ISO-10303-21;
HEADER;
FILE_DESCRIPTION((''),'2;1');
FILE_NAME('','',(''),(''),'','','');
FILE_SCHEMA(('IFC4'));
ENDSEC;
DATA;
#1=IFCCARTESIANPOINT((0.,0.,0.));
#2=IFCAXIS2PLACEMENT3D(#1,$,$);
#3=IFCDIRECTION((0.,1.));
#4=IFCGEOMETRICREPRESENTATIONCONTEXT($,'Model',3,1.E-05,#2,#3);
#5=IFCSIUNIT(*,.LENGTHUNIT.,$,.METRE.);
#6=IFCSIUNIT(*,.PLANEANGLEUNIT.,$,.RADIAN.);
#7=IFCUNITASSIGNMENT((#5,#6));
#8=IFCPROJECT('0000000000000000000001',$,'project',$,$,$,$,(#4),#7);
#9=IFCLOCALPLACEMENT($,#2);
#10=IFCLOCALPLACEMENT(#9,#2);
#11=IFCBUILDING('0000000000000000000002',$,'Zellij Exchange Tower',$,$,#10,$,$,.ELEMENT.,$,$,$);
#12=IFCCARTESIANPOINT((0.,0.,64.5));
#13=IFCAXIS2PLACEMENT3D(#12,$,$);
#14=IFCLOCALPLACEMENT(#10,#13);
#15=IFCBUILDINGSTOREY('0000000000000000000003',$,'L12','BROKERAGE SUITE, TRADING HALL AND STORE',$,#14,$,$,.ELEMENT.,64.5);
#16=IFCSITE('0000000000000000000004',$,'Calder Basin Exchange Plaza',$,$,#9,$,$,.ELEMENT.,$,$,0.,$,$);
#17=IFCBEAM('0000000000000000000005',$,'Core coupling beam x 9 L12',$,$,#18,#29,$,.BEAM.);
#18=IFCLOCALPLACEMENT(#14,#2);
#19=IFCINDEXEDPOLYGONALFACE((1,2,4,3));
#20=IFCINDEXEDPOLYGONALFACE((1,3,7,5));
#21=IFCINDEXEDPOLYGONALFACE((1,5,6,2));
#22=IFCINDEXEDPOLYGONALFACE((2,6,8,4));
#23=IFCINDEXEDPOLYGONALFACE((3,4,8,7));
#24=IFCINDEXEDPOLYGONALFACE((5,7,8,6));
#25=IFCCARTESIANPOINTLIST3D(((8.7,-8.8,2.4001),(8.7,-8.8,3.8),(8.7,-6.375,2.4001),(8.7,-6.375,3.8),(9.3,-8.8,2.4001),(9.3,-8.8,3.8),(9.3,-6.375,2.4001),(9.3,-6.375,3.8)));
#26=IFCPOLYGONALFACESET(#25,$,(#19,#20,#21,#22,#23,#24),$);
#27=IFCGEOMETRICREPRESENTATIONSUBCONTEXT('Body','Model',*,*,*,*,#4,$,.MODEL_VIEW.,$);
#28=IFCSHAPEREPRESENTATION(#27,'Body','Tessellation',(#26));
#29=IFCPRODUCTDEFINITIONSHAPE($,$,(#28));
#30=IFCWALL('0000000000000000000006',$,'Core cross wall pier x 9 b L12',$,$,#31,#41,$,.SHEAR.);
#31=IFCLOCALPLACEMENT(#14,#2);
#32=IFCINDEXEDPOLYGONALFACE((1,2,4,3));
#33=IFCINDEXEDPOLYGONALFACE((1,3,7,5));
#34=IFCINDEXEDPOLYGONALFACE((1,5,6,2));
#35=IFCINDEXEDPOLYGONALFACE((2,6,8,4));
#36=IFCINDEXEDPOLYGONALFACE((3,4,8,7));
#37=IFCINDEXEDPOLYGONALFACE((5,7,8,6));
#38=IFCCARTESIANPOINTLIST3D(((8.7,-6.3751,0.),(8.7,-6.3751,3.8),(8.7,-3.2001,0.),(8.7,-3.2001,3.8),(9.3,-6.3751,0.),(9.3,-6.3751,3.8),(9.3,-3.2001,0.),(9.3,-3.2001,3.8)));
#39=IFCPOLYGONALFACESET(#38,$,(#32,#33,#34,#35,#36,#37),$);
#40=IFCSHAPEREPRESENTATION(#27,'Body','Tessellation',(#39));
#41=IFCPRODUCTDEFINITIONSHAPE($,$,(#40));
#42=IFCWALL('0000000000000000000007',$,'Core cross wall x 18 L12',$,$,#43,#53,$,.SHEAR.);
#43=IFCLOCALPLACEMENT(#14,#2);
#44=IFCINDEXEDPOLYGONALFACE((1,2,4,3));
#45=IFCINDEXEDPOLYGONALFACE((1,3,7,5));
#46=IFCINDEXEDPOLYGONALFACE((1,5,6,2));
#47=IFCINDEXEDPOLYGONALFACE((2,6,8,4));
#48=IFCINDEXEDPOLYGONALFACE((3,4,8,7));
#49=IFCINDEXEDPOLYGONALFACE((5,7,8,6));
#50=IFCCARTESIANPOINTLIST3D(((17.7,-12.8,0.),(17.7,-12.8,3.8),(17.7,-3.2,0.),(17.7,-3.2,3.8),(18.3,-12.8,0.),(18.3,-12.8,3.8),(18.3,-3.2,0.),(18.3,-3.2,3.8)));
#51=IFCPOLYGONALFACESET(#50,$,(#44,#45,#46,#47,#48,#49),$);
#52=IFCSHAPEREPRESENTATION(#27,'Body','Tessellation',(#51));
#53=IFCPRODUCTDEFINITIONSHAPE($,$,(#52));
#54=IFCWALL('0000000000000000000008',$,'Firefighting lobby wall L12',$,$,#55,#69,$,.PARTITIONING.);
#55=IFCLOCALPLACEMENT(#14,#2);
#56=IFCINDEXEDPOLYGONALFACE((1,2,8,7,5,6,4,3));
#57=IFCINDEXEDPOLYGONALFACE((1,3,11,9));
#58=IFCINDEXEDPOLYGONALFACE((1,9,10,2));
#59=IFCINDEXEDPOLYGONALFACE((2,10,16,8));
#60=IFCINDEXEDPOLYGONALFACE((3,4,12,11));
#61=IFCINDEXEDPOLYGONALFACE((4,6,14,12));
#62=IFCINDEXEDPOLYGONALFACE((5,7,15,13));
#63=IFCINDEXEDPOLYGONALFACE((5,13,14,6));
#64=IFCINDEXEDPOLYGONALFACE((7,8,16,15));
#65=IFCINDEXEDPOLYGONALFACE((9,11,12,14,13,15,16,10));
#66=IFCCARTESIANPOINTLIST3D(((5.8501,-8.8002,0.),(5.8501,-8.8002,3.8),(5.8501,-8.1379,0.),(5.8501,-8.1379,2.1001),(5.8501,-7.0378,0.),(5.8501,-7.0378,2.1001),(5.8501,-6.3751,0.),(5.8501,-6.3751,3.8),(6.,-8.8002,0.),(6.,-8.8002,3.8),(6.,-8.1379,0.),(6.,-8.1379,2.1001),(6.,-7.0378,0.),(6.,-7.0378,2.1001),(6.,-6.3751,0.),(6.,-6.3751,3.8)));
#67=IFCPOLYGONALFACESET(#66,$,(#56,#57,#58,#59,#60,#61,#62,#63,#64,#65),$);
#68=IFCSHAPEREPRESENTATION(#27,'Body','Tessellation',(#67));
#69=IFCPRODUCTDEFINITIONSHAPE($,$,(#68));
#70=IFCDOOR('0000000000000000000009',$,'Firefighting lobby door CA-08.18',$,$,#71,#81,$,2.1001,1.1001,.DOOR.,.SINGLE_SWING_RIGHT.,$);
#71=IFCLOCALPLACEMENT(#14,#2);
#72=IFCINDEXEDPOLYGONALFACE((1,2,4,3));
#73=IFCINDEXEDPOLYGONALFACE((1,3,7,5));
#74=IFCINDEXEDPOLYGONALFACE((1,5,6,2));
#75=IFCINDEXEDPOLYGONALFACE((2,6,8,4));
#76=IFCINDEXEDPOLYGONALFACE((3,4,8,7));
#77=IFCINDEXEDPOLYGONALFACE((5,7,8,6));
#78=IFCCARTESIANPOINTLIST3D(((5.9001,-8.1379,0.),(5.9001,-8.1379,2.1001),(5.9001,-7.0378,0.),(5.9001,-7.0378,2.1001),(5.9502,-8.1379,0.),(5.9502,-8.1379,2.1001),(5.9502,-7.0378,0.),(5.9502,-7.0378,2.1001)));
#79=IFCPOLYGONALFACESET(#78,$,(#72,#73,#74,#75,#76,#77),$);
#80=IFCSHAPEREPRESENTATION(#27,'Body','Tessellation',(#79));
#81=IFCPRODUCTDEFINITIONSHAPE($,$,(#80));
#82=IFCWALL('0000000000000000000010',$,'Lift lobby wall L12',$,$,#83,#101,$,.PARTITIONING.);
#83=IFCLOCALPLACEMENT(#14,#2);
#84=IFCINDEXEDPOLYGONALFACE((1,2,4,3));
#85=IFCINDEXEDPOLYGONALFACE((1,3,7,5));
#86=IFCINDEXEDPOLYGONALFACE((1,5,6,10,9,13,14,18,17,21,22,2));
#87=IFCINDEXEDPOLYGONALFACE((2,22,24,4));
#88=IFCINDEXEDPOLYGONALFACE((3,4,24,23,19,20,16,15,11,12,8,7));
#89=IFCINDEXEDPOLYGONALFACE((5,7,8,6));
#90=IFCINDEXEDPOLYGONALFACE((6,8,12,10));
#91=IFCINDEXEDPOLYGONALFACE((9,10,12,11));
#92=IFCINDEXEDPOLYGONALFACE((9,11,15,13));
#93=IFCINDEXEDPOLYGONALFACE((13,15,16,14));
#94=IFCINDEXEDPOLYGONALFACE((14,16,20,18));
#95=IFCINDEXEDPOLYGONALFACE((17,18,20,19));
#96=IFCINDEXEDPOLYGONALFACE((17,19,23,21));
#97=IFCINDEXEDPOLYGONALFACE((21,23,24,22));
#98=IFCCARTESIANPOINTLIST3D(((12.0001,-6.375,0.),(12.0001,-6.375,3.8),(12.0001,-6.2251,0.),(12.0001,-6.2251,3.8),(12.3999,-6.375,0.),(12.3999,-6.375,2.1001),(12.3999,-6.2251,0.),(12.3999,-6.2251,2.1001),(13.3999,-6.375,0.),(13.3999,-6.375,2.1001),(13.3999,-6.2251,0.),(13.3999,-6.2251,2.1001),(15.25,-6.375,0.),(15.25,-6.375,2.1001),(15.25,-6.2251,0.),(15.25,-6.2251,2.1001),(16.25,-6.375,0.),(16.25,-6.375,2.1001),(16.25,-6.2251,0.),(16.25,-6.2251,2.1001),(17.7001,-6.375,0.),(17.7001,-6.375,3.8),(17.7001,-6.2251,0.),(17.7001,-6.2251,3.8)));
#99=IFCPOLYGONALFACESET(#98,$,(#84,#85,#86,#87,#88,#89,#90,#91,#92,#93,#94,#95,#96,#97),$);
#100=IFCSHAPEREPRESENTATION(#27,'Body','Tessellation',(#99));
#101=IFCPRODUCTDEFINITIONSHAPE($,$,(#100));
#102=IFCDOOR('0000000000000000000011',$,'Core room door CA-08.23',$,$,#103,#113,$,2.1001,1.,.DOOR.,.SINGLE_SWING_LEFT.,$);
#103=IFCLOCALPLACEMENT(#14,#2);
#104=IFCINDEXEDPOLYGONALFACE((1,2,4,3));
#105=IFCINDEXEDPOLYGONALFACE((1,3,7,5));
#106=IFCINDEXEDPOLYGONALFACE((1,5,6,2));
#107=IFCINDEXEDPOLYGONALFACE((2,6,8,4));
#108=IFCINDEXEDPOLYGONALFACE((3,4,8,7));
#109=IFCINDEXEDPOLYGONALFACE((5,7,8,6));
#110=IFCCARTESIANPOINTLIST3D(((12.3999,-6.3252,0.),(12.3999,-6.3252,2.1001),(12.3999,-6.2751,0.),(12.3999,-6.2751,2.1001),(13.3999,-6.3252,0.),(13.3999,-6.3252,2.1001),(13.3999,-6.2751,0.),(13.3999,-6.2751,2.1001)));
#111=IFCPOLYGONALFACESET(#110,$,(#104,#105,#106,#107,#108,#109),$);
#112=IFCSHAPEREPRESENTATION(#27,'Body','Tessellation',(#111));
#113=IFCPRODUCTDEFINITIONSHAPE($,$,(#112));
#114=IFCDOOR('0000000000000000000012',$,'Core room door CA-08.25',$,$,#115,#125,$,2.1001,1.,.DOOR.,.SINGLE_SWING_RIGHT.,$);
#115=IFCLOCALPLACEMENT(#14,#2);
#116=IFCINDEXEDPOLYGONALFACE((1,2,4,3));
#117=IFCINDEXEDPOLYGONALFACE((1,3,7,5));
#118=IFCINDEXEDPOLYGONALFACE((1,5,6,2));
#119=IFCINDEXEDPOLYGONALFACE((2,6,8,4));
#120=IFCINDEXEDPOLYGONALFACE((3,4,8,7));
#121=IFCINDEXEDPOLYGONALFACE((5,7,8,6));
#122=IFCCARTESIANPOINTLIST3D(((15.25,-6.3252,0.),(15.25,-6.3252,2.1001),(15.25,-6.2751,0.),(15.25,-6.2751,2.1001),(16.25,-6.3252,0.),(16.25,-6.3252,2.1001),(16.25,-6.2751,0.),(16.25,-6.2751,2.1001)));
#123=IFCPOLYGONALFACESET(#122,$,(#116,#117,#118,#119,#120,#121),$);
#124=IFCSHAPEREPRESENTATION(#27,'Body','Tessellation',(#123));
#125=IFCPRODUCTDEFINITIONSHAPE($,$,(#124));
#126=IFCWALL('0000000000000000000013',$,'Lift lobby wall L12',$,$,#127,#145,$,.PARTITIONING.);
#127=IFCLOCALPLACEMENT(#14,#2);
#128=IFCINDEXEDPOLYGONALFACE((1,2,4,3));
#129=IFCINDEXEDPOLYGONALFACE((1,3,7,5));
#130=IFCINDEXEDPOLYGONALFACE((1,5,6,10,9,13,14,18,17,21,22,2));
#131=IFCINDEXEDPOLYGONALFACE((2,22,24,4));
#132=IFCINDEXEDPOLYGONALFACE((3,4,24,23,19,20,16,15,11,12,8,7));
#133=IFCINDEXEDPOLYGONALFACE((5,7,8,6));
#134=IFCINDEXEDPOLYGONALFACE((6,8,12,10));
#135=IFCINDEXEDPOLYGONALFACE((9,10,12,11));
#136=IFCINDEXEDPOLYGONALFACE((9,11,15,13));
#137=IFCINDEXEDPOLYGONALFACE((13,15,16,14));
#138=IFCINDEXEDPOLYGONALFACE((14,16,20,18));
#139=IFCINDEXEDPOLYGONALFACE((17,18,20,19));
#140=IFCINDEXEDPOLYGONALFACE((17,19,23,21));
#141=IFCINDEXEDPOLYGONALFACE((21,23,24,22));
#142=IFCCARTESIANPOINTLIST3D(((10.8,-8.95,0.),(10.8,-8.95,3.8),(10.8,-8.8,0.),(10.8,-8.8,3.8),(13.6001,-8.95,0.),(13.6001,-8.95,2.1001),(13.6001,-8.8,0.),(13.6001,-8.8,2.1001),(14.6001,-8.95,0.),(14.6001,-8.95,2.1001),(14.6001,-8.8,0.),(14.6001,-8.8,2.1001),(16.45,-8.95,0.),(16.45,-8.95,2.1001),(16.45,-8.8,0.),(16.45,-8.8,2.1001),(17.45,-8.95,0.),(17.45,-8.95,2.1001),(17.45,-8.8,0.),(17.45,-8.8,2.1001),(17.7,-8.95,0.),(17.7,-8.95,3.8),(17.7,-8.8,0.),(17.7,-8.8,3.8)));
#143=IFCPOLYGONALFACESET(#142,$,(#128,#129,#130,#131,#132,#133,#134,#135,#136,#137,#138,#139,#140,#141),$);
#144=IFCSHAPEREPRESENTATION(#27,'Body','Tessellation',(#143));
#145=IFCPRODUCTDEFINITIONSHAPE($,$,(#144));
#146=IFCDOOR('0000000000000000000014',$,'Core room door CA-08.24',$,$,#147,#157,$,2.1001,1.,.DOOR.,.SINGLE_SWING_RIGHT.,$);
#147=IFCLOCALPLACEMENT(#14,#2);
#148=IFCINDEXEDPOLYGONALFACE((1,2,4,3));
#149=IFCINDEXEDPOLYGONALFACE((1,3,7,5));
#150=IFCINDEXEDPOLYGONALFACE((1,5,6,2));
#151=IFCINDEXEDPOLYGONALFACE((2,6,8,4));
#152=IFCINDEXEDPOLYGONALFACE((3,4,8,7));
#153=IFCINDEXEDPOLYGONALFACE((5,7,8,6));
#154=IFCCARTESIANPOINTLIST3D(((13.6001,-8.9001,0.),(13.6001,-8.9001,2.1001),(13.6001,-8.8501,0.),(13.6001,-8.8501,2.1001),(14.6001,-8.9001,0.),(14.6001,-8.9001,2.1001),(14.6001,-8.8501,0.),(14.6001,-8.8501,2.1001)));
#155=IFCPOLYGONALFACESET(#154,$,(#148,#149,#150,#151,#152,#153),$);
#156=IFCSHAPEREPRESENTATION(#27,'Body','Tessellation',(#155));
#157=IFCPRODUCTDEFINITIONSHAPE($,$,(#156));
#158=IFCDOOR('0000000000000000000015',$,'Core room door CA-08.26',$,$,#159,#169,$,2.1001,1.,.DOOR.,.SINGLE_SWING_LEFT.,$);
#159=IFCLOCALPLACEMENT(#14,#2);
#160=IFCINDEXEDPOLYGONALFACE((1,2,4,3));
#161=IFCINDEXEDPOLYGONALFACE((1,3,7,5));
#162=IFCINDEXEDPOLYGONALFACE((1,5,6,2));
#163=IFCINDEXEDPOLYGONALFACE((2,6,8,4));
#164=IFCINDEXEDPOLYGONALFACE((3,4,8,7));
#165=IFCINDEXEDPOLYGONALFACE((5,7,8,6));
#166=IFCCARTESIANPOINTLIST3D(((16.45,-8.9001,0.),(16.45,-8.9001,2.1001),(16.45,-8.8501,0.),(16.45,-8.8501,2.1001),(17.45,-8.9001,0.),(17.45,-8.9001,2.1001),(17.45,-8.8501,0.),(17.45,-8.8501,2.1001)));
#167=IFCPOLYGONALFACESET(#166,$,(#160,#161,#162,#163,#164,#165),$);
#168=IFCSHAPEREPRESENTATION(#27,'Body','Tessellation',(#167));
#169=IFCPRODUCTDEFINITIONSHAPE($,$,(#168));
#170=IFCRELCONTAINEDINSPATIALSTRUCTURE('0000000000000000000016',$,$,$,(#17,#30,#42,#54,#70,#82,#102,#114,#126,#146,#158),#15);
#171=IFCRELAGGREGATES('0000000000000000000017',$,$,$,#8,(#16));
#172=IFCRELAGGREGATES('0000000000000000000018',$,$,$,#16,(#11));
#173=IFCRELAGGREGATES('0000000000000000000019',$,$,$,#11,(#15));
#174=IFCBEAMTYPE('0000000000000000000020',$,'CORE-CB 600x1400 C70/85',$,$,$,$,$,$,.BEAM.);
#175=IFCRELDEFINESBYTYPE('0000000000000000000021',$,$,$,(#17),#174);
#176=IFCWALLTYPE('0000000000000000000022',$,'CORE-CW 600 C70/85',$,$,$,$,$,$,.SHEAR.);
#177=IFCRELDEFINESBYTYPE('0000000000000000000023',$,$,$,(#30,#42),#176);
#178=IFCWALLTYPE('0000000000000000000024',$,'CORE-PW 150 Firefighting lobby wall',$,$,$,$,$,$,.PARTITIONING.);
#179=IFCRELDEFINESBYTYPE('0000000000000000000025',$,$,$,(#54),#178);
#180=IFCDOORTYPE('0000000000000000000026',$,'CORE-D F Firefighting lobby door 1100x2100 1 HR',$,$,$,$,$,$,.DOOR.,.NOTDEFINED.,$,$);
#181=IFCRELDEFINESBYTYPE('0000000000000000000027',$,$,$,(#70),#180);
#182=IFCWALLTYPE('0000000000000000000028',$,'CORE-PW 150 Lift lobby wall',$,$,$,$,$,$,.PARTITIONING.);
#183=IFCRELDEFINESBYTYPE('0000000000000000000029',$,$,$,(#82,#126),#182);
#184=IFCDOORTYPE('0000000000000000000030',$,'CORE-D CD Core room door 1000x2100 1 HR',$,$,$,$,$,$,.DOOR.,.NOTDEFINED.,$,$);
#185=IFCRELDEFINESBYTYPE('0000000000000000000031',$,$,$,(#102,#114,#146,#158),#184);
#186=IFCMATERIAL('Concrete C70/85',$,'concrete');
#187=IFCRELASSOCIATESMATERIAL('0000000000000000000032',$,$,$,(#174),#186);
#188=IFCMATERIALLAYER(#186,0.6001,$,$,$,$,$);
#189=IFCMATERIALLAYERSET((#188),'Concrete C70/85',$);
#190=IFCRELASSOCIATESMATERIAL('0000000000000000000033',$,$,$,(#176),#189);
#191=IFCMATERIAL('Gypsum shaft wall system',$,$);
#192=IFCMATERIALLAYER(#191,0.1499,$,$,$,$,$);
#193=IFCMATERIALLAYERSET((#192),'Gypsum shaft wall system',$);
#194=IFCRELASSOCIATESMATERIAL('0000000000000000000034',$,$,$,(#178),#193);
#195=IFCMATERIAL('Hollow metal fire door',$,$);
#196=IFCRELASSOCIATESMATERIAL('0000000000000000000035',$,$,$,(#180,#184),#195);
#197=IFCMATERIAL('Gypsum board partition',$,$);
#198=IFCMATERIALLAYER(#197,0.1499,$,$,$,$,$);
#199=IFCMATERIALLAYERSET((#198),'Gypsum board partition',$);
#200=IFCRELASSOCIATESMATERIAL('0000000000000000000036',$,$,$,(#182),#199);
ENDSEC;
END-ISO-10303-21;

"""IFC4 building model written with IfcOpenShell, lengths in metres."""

from ifc_helpers import new_model, si_unit, direction, frame, frame_2d, origin, origin_2d, place, context, subcontext, project, spatial, rectangle, extrude, material, layer, layer_set, material_profile, profile_set, type_object, element, fill, save


model = new_model("IFC4")

# Units and contexts
model_context = context("Model", 3, precision=1e-05, world=origin(), true_north=direction((0.0, 1.0)))
body_context = subcontext(model_context, "Body", "Model", "MODEL_VIEW")
ifc_project = project(units=[si_unit("LENGTHUNIT", "METRE"), si_unit("PLANEANGLEUNIT", "RADIAN")], contexts=[model_context])

# Site, building, storey
site_placement = place(None, origin())
site = spatial("IfcSite", under=ifc_project, at=site_placement, Name="Calder Basin Exchange Plaza", CompositionType="ELEMENT", RefElevation=0.0)
building_placement = place(site_placement, origin())
building = spatial("IfcBuilding", under=site, at=building_placement, Name="Zellij Exchange Tower", CompositionType="ELEMENT")
storey_placement = place(building_placement, frame((0.0, 0.0, 64.5)))
storey = spatial("IfcBuildingStorey", under=building, at=storey_placement, Name="L12", Description="BROKERAGE SUITE, TRADING HALL AND STORE", CompositionType="ELEMENT", Elevation=64.5)

# Beam
ifc_material_1 = material(Name="Concrete C70/85", Category="concrete")
ifc_material_profile = material_profile(ifc_material_1, rectangle(XDim=0.6001, YDim=1.3999, at=origin_2d()), Name="CORE-CB 600x1400 C70/85")
ifc_profile_set = profile_set([ifc_material_profile], Name="Concrete C70/85")
beam_type = type_object("IfcBeamType", Name="CORE-CB 600x1400 C70/85", PredefinedType="BEAM", material=ifc_profile_set)
beam_placement = place(storey_placement, frame((9.0, -8.8, 3.1001), z_axis=(0.0, 1.0, 0.0), x_axis=(-1.0, 0.0, 0.0)))
element("IfcBeam", 1, at=beam_placement, inside=storey, type_object=beam_type, Name="Core coupling beam x 9 L12", PredefinedType="BEAM", context=body_context, shape_type="SweptSolid", body=[
    extrude(rectangle(XDim=0.6001, YDim=1.3999, at=origin_2d()), origin(), (0.0, 0.0, 1.0), 2.425),
])

# Walls
ifc_layer_1 = layer(ifc_material_1, 0.6001)
ifc_layer_set_1 = layer_set([ifc_layer_1], Name="Concrete C70/85")
wall_type_1 = type_object("IfcWallType", Name="CORE-CW 600 C70/85", PredefinedType="SHEAR", material=ifc_layer_set_1)
wall_1_placement = place(storey_placement, frame((9.0, -6.375, 0.0), z_axis=(0.0, 0.0, 1.0), x_axis=(0.0, 1.0, 0.0)))
element("IfcWall", 2, at=wall_1_placement, inside=storey, type_object=wall_type_1, Name="Core cross wall pier x 9 b L12", PredefinedType="SHEAR", context=body_context, shape_type="SweptSolid", body=[
    extrude(rectangle(XDim=3.175, YDim=0.6001, at=frame_2d((1.5874, 0.0))), origin(), (0.0, 0.0, 1.0), 3.8),
])
wall_2_placement = place(storey_placement, frame((18.0, -12.8, 0.0), z_axis=(0.0, 0.0, 1.0), x_axis=(0.0, 1.0, 0.0)))
element("IfcWall", 3, at=wall_2_placement, inside=storey, type_object=wall_type_1, Name="Core cross wall x 18 L12", PredefinedType="SHEAR", context=body_context, shape_type="SweptSolid", body=[
    extrude(rectangle(XDim=9.6001, YDim=0.6001, at=frame_2d((4.8, 0.0))), origin(), (0.0, 0.0, 1.0), 3.8),
])

# Wall, opening, door
ifc_material_2 = material(Name="Gypsum shaft wall system")
ifc_layer_2 = layer(ifc_material_2, 0.1499)
ifc_layer_set_2 = layer_set([ifc_layer_2], Name="Gypsum shaft wall system")
wall_type_2 = type_object("IfcWallType", Name="CORE-PW 150 Firefighting lobby wall", PredefinedType="PARTITIONING", material=ifc_layer_set_2)
wall_3_placement = place(storey_placement, frame((5.925, -8.8, 0.0), z_axis=(0.0, 0.0, 1.0), x_axis=(0.0, 1.0, 0.0)))
wall_3 = element("IfcWall", 4, at=wall_3_placement, inside=storey, type_object=wall_type_2, Name="Firefighting lobby wall L12", PredefinedType="PARTITIONING", context=body_context, shape_type="SweptSolid", body=[
    extrude(rectangle(XDim=2.425, YDim=0.1499, at=frame_2d((1.2124, 0.0))), origin(), (0.0, 0.0, 1.0), 3.8),
])
opening_1_placement = place(wall_3_placement, frame((0.6621, 0.0, 0.0)))
opening_1 = element("IfcOpeningElement", 5, at=opening_1_placement, cuts=wall_3, PredefinedType="OPENING", context=body_context, shape_type="SweptSolid", body=[
    extrude(rectangle(XDim=1.1001, YDim=2.1001, at=frame_2d((0.55, 1.05))), frame((0.0, 0.0869, 0.0), z_axis=(0.0, -1.0, 0.0), x_axis=(1.0, 0.0, 0.0)), (0.0, 0.0, 1.0), 0.1738),
])
ifc_material_3 = material(Name="Hollow metal fire door")
door_type_1 = type_object("IfcDoorType", Name="CORE-D F Firefighting lobby door 1100x2100 1 HR", OperationType="NOTDEFINED", PredefinedType="DOOR", material=ifc_material_3)
door_1_placement = place(opening_1_placement, origin())
door_1 = element("IfcDoor", 6, at=door_1_placement, inside=storey, type_object=door_type_1, Name="Firefighting lobby door CA-08.18", OperationType="SINGLE_SWING_RIGHT", OverallHeight=2.1001, OverallWidth=1.1001, PredefinedType="DOOR", context=body_context, shape_type="SweptSolid", body=[
    extrude(rectangle(XDim=1.1001, YDim=2.1001, at=frame_2d((0.55, 1.05))), frame((0.0, 0.0249, 0.0), z_axis=(0.0, -1.0, 0.0), x_axis=(1.0, 0.0, 0.0)), (0.0, 0.0, 1.0), 0.05),
])
fill(opening_1, door_1)

# Walls, openings, doors
ifc_material_4 = material(Name="Gypsum board partition")
ifc_layer_3 = layer(ifc_material_4, 0.1499)
ifc_layer_set_3 = layer_set([ifc_layer_3], Name="Gypsum board partition")
wall_type_3 = type_object("IfcWallType", Name="CORE-PW 150 Lift lobby wall", PredefinedType="PARTITIONING", material=ifc_layer_set_3)
wall_4_placement = place(storey_placement, frame((12.0, -6.3, 0.0), z_axis=(0.0, 0.0, 1.0), x_axis=(1.0, 0.0, 0.0)))
wall_4 = element("IfcWall", 7, at=wall_4_placement, inside=storey, type_object=wall_type_3, Name="Lift lobby wall L12", PredefinedType="PARTITIONING", context=body_context, shape_type="SweptSolid", body=[
    extrude(rectangle(XDim=5.7, YDim=0.1499, at=frame_2d((2.8501, 0.0))), origin(), (0.0, 0.0, 1.0), 3.8),
])
opening_2_placement = place(wall_4_placement, frame((0.3999, 0.0, 0.0)))
opening_2 = element("IfcOpeningElement", 8, at=opening_2_placement, cuts=wall_4, PredefinedType="OPENING", context=body_context, shape_type="SweptSolid", body=[
    extrude(rectangle(XDim=1.0, YDim=2.1001, at=frame_2d((0.5, 1.05))), frame((0.0, 0.0869, 0.0), z_axis=(0.0, -1.0, 0.0), x_axis=(1.0, 0.0, 0.0)), (0.0, 0.0, 1.0), 0.1738),
])
opening_3_placement = place(wall_4_placement, frame((3.25, 0.0, 0.0)))
opening_3 = element("IfcOpeningElement", 9, at=opening_3_placement, cuts=wall_4, PredefinedType="OPENING", context=body_context, shape_type="SweptSolid", body=[
    extrude(rectangle(XDim=1.0, YDim=2.1001, at=frame_2d((0.5, 1.05))), frame((0.0, 0.0869, 0.0), z_axis=(0.0, -1.0, 0.0), x_axis=(1.0, 0.0, 0.0)), (0.0, 0.0, 1.0), 0.1738),
])
door_type_2 = type_object("IfcDoorType", Name="CORE-D CD Core room door 1000x2100 1 HR", OperationType="NOTDEFINED", PredefinedType="DOOR", material=ifc_material_3)
door_2_placement = place(opening_2_placement, origin())
door_2 = element("IfcDoor", 10, at=door_2_placement, inside=storey, type_object=door_type_2, Name="Core room door CA-08.23", OperationType="SINGLE_SWING_LEFT", OverallHeight=2.1001, OverallWidth=1.0, PredefinedType="DOOR", context=body_context, shape_type="SweptSolid", body=[
    extrude(rectangle(XDim=1.0, YDim=2.1001, at=frame_2d((0.5, 1.05))), frame((0.0, 0.0249, 0.0), z_axis=(0.0, -1.0, 0.0), x_axis=(1.0, 0.0, 0.0)), (0.0, 0.0, 1.0), 0.05),
])
fill(opening_2, door_2)
door_3_placement = place(opening_3_placement, origin())
door_3 = element("IfcDoor", 11, at=door_3_placement, inside=storey, type_object=door_type_2, Name="Core room door CA-08.25", OperationType="SINGLE_SWING_RIGHT", OverallHeight=2.1001, OverallWidth=1.0, PredefinedType="DOOR", context=body_context, shape_type="SweptSolid", body=[
    extrude(rectangle(XDim=1.0, YDim=2.1001, at=frame_2d((0.5, 1.05))), frame((0.0, 0.0249, 0.0), z_axis=(0.0, -1.0, 0.0), x_axis=(1.0, 0.0, 0.0)), (0.0, 0.0, 1.0), 0.05),
])
fill(opening_3, door_3)
wall_5_placement = place(storey_placement, frame((10.8, -8.875, 0.0), z_axis=(0.0, 0.0, 1.0), x_axis=(1.0, 0.0, 0.0)))
wall_5 = element("IfcWall", 12, at=wall_5_placement, inside=storey, type_object=wall_type_3, Name="Lift lobby wall L12", PredefinedType="PARTITIONING", context=body_context, shape_type="SweptSolid", body=[
    extrude(rectangle(XDim=6.8999, YDim=0.1499, at=frame_2d((3.45, 0.0))), origin(), (0.0, 0.0, 1.0), 3.8),
])
opening_4_placement = place(wall_5_placement, frame((2.8, 0.0, 0.0)))
opening_4 = element("IfcOpeningElement", 13, at=opening_4_placement, cuts=wall_5, PredefinedType="OPENING", context=body_context, shape_type="SweptSolid", body=[
    extrude(rectangle(XDim=1.0, YDim=2.1001, at=frame_2d((0.5, 1.05))), frame((0.0, 0.0869, 0.0), z_axis=(0.0, -1.0, 0.0), x_axis=(1.0, 0.0, 0.0)), (0.0, 0.0, 1.0), 0.1738),
])
opening_5_placement = place(wall_5_placement, frame((5.6499, 0.0, 0.0)))
opening_5 = element("IfcOpeningElement", 14, at=opening_5_placement, cuts=wall_5, PredefinedType="OPENING", context=body_context, shape_type="SweptSolid", body=[
    extrude(rectangle(XDim=1.0, YDim=2.1001, at=frame_2d((0.5, 1.05))), frame((0.0, 0.0869, 0.0), z_axis=(0.0, -1.0, 0.0), x_axis=(1.0, 0.0, 0.0)), (0.0, 0.0, 1.0), 0.1738),
])
door_4_placement = place(opening_4_placement, origin())
door_4 = element("IfcDoor", 15, at=door_4_placement, inside=storey, type_object=door_type_2, Name="Core room door CA-08.24", OperationType="SINGLE_SWING_RIGHT", OverallHeight=2.1001, OverallWidth=1.0, PredefinedType="DOOR", context=body_context, shape_type="SweptSolid", body=[
    extrude(rectangle(XDim=1.0, YDim=2.1001, at=frame_2d((0.5, 1.05))), frame((0.0, 0.0249, 0.0), z_axis=(0.0, -1.0, 0.0), x_axis=(1.0, 0.0, 0.0)), (0.0, 0.0, 1.0), 0.05),
])
fill(opening_4, door_4)
door_5_placement = place(opening_5_placement, origin())
door_5 = element("IfcDoor", 16, at=door_5_placement, inside=storey, type_object=door_type_2, Name="Core room door CA-08.26", OperationType="SINGLE_SWING_LEFT", OverallHeight=2.1001, OverallWidth=1.0, PredefinedType="DOOR", context=body_context, shape_type="SweptSolid", body=[
    extrude(rectangle(XDim=1.0, YDim=2.1001, at=frame_2d((0.5, 1.05))), frame((0.0, 0.0249, 0.0), z_axis=(0.0, -1.0, 0.0), x_axis=(1.0, 0.0, 0.0)), (0.0, 0.0, 1.0), 0.05),
])
fill(opening_5, door_5)

save(model, "model.ifc")
